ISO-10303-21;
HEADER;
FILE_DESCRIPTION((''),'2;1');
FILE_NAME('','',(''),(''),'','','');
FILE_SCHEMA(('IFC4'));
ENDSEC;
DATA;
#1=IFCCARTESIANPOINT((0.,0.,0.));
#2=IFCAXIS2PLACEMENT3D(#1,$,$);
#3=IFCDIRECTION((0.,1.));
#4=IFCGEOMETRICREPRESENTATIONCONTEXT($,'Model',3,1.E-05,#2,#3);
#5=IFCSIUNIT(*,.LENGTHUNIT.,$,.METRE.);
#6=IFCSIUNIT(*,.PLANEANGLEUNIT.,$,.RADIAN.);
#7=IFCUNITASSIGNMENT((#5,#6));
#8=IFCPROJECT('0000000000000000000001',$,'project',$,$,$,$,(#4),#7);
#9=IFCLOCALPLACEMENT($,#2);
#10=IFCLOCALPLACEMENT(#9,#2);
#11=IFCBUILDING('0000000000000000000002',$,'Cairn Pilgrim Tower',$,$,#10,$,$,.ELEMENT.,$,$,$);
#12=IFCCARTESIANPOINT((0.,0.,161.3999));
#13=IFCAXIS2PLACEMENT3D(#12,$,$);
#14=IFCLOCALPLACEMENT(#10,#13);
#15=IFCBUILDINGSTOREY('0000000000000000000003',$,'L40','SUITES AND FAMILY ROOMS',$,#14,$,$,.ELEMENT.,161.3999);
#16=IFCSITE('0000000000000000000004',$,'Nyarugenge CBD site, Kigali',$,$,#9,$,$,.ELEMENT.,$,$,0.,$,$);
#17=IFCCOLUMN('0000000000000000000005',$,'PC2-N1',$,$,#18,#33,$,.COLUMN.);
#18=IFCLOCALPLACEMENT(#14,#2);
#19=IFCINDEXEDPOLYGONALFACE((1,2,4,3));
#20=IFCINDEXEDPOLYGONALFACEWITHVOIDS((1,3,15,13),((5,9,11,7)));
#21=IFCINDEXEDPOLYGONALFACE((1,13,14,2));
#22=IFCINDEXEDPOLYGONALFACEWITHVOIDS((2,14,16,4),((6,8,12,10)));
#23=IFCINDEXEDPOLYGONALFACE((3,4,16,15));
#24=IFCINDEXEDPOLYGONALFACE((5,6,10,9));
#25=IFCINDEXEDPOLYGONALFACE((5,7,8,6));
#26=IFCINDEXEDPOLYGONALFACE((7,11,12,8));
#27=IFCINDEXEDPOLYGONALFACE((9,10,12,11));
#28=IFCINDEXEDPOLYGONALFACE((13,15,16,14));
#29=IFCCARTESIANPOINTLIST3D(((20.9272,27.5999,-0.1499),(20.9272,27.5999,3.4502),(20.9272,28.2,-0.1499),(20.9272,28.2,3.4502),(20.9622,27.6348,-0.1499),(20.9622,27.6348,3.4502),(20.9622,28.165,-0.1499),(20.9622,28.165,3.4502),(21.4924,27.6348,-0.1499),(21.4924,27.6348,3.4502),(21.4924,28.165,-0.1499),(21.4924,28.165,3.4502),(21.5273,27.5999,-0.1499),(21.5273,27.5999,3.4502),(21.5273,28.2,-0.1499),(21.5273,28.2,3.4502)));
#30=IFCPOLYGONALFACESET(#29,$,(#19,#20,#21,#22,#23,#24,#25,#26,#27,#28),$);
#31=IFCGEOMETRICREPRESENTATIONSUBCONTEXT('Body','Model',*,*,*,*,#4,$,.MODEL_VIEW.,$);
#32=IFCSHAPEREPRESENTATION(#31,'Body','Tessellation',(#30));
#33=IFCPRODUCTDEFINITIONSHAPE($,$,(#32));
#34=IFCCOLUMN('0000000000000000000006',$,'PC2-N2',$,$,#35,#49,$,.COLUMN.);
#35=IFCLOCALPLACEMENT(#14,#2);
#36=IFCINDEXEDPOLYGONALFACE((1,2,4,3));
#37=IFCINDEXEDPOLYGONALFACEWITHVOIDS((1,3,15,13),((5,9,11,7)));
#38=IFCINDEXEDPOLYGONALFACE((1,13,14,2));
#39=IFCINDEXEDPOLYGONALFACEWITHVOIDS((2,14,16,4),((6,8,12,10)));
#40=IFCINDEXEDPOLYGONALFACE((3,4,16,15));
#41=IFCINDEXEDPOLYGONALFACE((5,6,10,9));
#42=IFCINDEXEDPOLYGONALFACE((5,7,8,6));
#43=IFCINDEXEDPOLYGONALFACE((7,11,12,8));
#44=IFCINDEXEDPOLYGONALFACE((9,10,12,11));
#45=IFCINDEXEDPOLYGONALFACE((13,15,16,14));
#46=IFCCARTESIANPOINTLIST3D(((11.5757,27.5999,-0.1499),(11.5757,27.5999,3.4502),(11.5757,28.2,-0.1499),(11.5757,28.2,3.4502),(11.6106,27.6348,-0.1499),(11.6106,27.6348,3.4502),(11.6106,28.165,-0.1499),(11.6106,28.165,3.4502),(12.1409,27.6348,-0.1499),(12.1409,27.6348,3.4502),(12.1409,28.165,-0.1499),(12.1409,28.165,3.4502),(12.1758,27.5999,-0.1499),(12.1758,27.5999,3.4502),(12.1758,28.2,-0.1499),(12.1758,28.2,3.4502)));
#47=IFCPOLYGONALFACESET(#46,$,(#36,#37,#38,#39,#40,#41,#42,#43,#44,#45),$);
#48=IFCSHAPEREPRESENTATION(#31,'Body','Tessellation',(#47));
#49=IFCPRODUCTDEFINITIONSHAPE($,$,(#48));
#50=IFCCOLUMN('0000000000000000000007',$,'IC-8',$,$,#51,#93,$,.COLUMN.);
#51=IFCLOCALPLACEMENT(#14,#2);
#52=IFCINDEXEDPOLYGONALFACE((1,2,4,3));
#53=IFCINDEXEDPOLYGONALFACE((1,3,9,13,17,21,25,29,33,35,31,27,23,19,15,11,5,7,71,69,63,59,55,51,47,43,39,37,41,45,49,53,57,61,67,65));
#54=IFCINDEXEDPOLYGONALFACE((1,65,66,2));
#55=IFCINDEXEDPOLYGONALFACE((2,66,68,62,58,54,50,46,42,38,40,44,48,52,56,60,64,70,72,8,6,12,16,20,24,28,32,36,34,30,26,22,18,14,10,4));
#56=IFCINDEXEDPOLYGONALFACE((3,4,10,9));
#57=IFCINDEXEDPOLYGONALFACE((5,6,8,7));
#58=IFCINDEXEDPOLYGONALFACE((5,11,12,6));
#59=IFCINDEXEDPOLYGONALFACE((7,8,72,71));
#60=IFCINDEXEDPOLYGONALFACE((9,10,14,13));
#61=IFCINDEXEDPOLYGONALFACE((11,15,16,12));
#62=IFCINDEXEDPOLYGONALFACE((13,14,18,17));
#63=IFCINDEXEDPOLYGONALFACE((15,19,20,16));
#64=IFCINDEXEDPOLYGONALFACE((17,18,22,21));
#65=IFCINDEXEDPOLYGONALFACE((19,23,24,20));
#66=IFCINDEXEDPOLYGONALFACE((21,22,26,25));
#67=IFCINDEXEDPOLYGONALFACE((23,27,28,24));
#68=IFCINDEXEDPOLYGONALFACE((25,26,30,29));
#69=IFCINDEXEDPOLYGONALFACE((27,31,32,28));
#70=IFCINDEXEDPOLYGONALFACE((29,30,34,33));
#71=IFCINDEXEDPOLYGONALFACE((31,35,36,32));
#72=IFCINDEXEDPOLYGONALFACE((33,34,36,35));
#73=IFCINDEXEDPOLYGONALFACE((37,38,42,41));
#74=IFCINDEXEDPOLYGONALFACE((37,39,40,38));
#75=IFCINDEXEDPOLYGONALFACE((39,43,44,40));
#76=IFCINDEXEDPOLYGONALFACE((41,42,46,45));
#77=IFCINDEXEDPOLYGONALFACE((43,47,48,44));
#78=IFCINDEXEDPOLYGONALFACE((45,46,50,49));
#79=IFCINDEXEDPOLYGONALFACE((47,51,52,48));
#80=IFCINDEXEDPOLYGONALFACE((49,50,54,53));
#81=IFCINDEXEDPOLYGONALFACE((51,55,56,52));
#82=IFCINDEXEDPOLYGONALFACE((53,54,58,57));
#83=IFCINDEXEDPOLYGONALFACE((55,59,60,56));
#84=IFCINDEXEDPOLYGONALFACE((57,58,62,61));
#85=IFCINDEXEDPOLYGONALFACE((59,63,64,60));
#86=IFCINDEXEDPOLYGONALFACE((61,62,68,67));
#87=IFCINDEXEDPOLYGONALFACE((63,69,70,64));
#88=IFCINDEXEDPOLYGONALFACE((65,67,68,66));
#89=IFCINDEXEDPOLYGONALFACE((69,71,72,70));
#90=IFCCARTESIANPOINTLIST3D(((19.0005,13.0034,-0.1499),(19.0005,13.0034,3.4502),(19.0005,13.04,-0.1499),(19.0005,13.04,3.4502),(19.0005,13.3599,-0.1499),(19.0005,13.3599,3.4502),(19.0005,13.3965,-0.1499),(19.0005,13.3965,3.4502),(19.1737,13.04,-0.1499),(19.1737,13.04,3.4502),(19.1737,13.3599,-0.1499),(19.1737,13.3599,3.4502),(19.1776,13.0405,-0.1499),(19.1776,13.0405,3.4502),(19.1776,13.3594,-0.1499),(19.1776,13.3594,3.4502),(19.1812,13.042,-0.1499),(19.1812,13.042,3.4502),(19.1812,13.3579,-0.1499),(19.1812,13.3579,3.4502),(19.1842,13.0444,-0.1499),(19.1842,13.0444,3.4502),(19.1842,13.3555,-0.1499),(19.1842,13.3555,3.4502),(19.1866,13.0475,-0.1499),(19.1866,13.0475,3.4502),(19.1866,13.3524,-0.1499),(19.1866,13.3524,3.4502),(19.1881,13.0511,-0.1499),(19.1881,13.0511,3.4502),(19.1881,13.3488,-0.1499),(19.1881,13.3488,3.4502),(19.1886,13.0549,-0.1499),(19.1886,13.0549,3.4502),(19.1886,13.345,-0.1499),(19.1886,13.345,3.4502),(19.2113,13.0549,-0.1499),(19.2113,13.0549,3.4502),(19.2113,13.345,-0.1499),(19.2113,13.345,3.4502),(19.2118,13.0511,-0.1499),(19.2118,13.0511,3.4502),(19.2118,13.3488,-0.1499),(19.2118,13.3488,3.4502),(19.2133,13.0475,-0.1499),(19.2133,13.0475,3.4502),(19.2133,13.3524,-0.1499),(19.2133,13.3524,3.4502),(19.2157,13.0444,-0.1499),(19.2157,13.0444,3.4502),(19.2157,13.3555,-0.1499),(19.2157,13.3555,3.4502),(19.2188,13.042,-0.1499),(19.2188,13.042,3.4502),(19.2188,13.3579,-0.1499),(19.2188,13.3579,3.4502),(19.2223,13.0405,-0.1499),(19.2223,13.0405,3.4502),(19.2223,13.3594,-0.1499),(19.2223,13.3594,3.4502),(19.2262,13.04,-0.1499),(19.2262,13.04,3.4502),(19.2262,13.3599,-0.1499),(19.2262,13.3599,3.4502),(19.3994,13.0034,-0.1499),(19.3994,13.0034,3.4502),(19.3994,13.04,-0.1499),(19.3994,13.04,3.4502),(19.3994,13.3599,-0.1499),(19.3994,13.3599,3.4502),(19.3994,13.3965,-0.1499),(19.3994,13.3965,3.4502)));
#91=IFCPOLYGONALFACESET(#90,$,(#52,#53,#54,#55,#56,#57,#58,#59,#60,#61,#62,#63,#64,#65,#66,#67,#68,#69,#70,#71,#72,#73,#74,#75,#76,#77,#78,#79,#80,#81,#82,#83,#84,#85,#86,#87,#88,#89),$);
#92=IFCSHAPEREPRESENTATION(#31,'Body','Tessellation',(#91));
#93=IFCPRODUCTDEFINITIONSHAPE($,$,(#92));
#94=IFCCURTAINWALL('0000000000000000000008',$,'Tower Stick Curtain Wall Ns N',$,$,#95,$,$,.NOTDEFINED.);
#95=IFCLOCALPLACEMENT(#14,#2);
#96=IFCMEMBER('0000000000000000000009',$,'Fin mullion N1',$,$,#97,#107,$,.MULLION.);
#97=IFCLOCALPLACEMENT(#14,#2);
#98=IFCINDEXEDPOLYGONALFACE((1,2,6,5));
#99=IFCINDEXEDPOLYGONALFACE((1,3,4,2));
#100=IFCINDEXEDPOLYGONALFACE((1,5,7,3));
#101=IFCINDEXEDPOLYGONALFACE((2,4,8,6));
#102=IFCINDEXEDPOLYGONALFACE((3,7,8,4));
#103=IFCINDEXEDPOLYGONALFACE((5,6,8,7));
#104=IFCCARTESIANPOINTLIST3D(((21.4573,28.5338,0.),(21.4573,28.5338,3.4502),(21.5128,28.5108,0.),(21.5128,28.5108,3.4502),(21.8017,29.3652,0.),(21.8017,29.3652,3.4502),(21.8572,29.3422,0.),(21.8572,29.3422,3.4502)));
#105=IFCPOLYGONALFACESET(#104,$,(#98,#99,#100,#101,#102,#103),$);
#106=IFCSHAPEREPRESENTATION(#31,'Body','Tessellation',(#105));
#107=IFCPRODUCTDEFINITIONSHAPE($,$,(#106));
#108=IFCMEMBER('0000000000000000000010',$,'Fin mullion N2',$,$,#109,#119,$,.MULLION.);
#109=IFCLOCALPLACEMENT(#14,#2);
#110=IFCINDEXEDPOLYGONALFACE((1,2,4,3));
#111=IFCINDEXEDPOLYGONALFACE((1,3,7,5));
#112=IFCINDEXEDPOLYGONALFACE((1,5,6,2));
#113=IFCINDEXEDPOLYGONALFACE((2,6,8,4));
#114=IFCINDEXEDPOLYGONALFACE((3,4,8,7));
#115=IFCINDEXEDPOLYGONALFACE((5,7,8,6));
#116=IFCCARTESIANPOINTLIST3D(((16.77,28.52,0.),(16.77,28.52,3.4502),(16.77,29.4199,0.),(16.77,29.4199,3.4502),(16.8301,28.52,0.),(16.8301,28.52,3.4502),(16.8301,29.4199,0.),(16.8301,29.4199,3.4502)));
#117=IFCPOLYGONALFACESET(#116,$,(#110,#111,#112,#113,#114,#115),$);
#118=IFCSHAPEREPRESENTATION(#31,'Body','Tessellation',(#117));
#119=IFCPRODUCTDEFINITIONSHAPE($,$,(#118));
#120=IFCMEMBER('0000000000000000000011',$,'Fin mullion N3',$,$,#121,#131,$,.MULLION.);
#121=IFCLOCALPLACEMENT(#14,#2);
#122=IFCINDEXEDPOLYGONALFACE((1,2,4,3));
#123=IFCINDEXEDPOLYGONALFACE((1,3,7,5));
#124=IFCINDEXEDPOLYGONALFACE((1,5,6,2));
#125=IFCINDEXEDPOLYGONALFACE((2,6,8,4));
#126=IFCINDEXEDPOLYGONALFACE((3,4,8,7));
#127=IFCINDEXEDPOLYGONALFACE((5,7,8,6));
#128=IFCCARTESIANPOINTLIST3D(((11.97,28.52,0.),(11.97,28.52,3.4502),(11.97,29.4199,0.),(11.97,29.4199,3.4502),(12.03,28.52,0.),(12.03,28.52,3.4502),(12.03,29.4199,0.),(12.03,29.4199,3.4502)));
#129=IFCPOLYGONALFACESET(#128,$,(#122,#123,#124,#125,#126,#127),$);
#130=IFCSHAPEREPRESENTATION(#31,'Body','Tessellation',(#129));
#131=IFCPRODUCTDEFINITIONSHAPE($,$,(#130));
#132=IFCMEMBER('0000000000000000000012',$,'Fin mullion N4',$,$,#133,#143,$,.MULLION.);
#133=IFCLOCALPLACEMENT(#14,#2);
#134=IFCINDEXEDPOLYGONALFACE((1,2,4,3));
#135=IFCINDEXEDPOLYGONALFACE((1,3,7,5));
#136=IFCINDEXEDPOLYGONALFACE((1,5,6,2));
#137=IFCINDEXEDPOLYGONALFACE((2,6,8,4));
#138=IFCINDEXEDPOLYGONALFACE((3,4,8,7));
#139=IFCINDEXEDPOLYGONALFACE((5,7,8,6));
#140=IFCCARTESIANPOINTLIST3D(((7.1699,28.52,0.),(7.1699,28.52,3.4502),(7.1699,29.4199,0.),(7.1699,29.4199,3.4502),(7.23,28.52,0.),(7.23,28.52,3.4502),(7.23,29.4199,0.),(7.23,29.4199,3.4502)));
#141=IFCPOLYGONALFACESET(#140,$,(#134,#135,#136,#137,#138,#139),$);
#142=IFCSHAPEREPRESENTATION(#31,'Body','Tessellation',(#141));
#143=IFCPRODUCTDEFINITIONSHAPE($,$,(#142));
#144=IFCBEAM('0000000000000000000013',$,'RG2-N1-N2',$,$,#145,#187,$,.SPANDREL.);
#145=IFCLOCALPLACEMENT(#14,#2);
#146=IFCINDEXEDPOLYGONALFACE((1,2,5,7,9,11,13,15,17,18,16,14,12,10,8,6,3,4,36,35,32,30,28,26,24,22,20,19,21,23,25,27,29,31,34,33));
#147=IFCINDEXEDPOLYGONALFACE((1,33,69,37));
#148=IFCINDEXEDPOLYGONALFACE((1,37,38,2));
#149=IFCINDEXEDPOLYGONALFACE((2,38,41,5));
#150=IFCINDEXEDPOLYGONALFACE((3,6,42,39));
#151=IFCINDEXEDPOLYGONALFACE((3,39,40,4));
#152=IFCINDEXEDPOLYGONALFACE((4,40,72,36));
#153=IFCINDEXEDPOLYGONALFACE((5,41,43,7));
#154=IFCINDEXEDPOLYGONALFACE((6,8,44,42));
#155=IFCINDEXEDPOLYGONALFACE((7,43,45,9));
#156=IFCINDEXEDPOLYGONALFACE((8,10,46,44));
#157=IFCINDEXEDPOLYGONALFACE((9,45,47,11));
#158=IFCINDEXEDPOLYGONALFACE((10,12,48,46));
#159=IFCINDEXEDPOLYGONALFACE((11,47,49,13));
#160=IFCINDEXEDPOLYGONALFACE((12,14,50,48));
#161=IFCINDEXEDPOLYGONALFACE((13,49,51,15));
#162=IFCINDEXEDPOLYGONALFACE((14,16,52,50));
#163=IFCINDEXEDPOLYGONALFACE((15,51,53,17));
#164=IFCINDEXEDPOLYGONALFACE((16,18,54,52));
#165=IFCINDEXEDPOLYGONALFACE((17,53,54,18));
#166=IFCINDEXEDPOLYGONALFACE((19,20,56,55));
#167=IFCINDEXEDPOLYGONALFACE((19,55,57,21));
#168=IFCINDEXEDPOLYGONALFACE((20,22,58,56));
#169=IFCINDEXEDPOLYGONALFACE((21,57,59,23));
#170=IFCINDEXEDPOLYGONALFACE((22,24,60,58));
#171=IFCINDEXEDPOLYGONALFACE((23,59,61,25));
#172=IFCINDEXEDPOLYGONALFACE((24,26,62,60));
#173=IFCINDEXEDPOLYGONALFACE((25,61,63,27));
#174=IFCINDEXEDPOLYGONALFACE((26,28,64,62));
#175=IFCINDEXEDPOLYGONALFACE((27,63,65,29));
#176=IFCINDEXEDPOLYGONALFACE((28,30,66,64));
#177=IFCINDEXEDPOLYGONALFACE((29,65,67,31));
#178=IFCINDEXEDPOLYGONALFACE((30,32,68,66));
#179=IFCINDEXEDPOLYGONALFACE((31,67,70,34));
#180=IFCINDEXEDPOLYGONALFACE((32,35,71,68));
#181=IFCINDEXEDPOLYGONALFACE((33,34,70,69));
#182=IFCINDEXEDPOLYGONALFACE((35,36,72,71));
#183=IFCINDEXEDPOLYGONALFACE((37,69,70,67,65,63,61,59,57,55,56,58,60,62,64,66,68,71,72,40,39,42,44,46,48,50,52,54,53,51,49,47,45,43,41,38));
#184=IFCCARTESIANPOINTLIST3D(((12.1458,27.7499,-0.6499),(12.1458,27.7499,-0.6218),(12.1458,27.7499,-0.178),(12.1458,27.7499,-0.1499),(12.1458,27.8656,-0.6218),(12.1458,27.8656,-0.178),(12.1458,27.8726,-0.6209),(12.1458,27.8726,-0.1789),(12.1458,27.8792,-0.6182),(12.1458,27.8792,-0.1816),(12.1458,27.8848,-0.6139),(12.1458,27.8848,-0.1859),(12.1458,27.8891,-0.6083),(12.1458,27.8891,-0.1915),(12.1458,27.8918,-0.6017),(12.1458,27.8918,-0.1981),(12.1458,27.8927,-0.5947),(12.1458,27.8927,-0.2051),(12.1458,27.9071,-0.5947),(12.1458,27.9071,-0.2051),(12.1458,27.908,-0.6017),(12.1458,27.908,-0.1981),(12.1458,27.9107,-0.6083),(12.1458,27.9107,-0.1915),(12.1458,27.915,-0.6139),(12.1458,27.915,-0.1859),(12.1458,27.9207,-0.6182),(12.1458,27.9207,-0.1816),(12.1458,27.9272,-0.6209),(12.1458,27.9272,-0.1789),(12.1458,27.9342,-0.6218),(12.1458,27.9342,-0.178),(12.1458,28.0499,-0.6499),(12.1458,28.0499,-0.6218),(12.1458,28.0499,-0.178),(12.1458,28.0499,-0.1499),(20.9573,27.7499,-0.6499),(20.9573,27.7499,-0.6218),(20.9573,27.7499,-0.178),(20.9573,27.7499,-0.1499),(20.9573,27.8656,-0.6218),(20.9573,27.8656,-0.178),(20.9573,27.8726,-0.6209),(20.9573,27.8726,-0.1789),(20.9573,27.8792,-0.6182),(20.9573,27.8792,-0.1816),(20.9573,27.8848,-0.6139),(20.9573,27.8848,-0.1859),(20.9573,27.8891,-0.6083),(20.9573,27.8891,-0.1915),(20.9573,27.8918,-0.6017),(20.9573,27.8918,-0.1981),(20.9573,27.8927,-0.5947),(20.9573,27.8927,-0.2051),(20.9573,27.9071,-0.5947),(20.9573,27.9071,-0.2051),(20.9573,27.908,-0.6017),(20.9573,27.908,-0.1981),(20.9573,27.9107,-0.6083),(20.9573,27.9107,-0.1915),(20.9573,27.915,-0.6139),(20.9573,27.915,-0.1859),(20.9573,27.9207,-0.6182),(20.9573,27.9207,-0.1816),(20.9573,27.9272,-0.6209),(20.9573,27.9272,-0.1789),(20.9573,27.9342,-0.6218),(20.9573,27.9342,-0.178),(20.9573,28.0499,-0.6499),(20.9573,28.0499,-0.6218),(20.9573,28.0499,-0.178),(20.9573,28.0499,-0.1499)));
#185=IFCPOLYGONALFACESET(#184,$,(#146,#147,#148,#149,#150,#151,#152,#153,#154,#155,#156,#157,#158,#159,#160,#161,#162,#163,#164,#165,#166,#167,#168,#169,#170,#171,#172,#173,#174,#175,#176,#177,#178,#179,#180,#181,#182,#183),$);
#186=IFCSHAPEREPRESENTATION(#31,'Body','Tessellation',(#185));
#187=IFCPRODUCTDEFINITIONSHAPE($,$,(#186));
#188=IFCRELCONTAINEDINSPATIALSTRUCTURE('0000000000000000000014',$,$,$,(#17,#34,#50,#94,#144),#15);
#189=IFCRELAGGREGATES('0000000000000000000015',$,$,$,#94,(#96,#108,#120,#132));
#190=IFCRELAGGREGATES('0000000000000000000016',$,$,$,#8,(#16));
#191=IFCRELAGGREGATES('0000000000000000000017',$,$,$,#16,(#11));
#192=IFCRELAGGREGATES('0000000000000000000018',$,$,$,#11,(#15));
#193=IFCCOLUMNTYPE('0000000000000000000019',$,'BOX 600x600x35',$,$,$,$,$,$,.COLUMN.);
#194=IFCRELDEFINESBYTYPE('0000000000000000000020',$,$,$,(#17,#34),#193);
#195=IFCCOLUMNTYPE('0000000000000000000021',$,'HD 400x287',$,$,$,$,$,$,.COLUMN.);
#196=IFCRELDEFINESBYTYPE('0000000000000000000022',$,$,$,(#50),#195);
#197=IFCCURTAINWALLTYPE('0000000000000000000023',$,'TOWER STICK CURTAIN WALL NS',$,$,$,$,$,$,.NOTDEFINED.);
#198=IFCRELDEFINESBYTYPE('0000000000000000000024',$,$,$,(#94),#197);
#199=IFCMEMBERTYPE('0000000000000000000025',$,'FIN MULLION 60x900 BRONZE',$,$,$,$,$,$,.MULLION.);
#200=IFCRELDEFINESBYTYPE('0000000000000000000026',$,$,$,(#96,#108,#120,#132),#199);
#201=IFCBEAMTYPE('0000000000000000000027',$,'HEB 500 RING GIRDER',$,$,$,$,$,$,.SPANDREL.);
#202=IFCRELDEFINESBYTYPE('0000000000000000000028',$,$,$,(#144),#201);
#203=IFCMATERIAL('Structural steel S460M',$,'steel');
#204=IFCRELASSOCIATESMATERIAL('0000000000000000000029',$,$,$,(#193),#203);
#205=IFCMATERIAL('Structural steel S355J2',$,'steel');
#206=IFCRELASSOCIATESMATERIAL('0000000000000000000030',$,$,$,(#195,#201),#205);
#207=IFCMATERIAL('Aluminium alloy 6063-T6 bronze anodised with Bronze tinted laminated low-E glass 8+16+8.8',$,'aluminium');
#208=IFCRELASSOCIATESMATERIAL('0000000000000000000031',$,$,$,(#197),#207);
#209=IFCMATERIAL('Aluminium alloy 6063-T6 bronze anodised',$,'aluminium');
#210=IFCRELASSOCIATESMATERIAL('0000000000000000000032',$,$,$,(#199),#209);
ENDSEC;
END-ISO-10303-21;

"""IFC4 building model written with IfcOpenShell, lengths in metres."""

from ifc_helpers import new_model, si_unit, direction, frame, origin, origin_2d, place, context, subcontext, project, spatial, rectangle, hollow_rectangle, i_section, extrude, material, material_profile, profile_set, type_object, element, aggregate, save


model = new_model("IFC4")

# Units and contexts
model_context = context("Model", 3, precision=1e-05, world=origin(), true_north=direction((0.0, 1.0)))
body_context = subcontext(model_context, "Body", "Model", "MODEL_VIEW")
ifc_project = project(units=[si_unit("LENGTHUNIT", "METRE"), si_unit("PLANEANGLEUNIT", "RADIAN")], contexts=[model_context])

# Site, building, storey
site_placement = place(None, origin())
site = spatial("IfcSite", under=ifc_project, at=site_placement, Name="Nyarugenge CBD site, Kigali", CompositionType="ELEMENT", RefElevation=0.0)
building_placement = place(site_placement, origin())
building = spatial("IfcBuilding", under=site, at=building_placement, Name="Cairn Pilgrim Tower", CompositionType="ELEMENT")
storey_placement = place(building_placement, frame((0.0, 0.0, 161.3999)))
storey = spatial("IfcBuildingStorey", under=building, at=storey_placement, Name="L40", Description="SUITES AND FAMILY ROOMS", CompositionType="ELEMENT", Elevation=161.3999)

# Columns
ifc_material_1 = material(Name="Structural steel S460M", Category="steel")
ifc_material_profile_1 = material_profile(ifc_material_1, hollow_rectangle(XDim=0.6001, YDim=0.6001, WallThickness=0.0349, at=origin_2d()), Name="BOX 600x600x35")
ifc_profile_set_1 = profile_set([ifc_material_profile_1], Name="Structural steel S460M")
column_type_1 = type_object("IfcColumnType", Name="BOX 600x600x35", PredefinedType="COLUMN", material=ifc_profile_set_1)
for number, where, z_axis, x_axis, name in (
    (1, (21.2273, 27.8999, -0.1499), (0.0, 0.0, 1.0), (1.0, 0.0, 0.0), "PC2-N1"),
    (2, (11.8757, 27.8999, -0.1499), (0.0, 0.0, 1.0), (1.0, 0.0, 0.0), "PC2-N2"),
):
    element("IfcColumn", number, at=place(storey_placement, frame(where, z_axis=z_axis, x_axis=x_axis)), inside=storey, type_object=column_type_1, Name=name, PredefinedType="COLUMN", context=body_context, shape_type="SweptSolid", body=[
        extrude(hollow_rectangle(XDim=0.6001, YDim=0.6001, WallThickness=0.0349, at=origin_2d()), origin(), (0.0, 0.0, 1.0), 3.6001),
    ])
ifc_material_2 = material(Name="Structural steel S355J2", Category="steel")
ifc_material_profile_2 = material_profile(ifc_material_2, i_section(OverallWidth=0.3989, OverallDepth=0.3931, WebThickness=0.0227, FlangeThickness=0.0366, FilletRadius=0.0149, at=origin_2d()), Name="HD 400x287")
ifc_profile_set_2 = profile_set([ifc_material_profile_2], Name="Structural steel S355J2")
column_type_2 = type_object("IfcColumnType", Name="HD 400x287", PredefinedType="COLUMN", material=ifc_profile_set_2)
column_placement = place(storey_placement, frame((19.2, 13.2, -0.1499), z_axis=(0.0, 0.0, 1.0), x_axis=(1.0, 0.0, 0.0)))
element("IfcColumn", 3, at=column_placement, inside=storey, type_object=column_type_2, Name="IC-8", PredefinedType="COLUMN", context=body_context, shape_type="SweptSolid", body=[
    extrude(i_section(OverallWidth=0.3989, OverallDepth=0.3931, WebThickness=0.0227, FlangeThickness=0.0366, FilletRadius=0.0149, at=origin_2d()), origin(), (0.0, 0.0, 1.0), 3.6001),
])

# Curtain wall, members
ifc_material_3 = material(Name="Aluminium alloy 6063-T6 bronze anodised with Bronze tinted laminated low-E glass 8+16+8.8", Category="aluminium")
curtain_wall_type = type_object("IfcCurtainWallType", Name="TOWER STICK CURTAIN WALL NS", PredefinedType="NOTDEFINED", material=ifc_material_3)
curtain_wall_placement = place(storey_placement, origin())
curtain_wall = element("IfcCurtainWall", 4, at=curtain_wall_placement, inside=storey, type_object=curtain_wall_type, Name="Tower Stick Curtain Wall Ns N", PredefinedType="NOTDEFINED")
ifc_material_4 = material(Name="Aluminium alloy 6063-T6 bronze anodised", Category="aluminium")
ifc_material_profile_3 = material_profile(ifc_material_4, rectangle(XDim=0.8999, YDim=0.0601, at=origin_2d()), Name="FIN MULLION 60x900 BRONZE")
ifc_profile_set_3 = profile_set([ifc_material_profile_3], Name="Aluminium alloy 6063-T6 bronze anodised")
member_type_1 = type_object("IfcMemberType", Name="FIN MULLION 60x900 BRONZE", PredefinedType="MULLION", material=ifc_profile_set_3)
member_1_placement = place(storey_placement, frame((21.6572, 28.938, 0.0), z_axis=(0.0, 0.0, 1.0), x_axis=(0.382683, 0.92388, 0.0)))
member_1 = element("IfcMember", 5, at=member_1_placement, type_object=member_type_1, Name="Fin mullion N1", PredefinedType="MULLION", context=body_context, shape_type="SweptSolid", body=[
    extrude(rectangle(XDim=0.8999, YDim=0.0601, at=origin_2d()), origin(), (0.0, 0.0, 1.0), 3.4502),
])
member_2_placement = place(storey_placement, frame((16.8, 28.97, 0.0), z_axis=(0.0, 0.0, 1.0), x_axis=(0.0, 1.0, 0.0)))
member_2 = element("IfcMember", 6, at=member_2_placement, type_object=member_type_1, Name="Fin mullion N2", PredefinedType="MULLION", context=body_context, shape_type="SweptSolid", body=[
    extrude(rectangle(XDim=0.8999, YDim=0.0601, at=origin_2d()), origin(), (0.0, 0.0, 1.0), 3.4502),
])
member_3_placement = place(storey_placement, frame((12.0, 28.97, 0.0), z_axis=(0.0, 0.0, 1.0), x_axis=(0.0, 1.0, 0.0)))
member_3 = element("IfcMember", 7, at=member_3_placement, type_object=member_type_1, Name="Fin mullion N3", PredefinedType="MULLION", context=body_context, shape_type="SweptSolid", body=[
    extrude(rectangle(XDim=0.8999, YDim=0.0601, at=origin_2d()), origin(), (0.0, 0.0, 1.0), 3.4502),
])
member_4_placement = place(storey_placement, frame((7.2, 28.97, 0.0), z_axis=(0.0, 0.0, 1.0), x_axis=(0.0, 1.0, 0.0)))
member_4 = element("IfcMember", 8, at=member_4_placement, type_object=member_type_1, Name="Fin mullion N4", PredefinedType="MULLION", context=body_context, shape_type="SweptSolid", body=[
    extrude(rectangle(XDim=0.8999, YDim=0.0601, at=origin_2d()), origin(), (0.0, 0.0, 1.0), 3.4502),
])

# Beam
ifc_material_profile_4 = material_profile(ifc_material_2, i_section(OverallWidth=0.3, OverallDepth=0.5, WebThickness=0.0144, FlangeThickness=0.0281, FilletRadius=0.0271, at=origin_2d()), Name="HEB 500")
ifc_profile_set_4 = profile_set([ifc_material_profile_4], Name="Structural steel S355J2")
beam_type_1 = type_object("IfcBeamType", Name="HEB 500 RING GIRDER", PredefinedType="SPANDREL", material=ifc_profile_set_4)
for number, where, z_axis, x_axis, name in (
    (9, (20.9573, 27.8999, -0.3999), (-1.0, 0.0, 0.0), (0.0, -1.0, 0.0), "RG2-N1-N2"),
):
    element("IfcBeam", number, at=place(storey_placement, frame(where, z_axis=z_axis, x_axis=x_axis)), inside=storey, type_object=beam_type_1, Name=name, PredefinedType="SPANDREL", context=body_context, shape_type="SweptSolid", body=[
        extrude(i_section(OverallWidth=0.3, OverallDepth=0.5, WebThickness=0.0144, FlangeThickness=0.0281, FilletRadius=0.0271, at=origin_2d()), origin(), (0.0, 0.0, 1.0), 8.8115),
    ])

aggregate(curtain_wall, [member_1, member_2, member_3, member_4])

save(model, "model.ifc")
